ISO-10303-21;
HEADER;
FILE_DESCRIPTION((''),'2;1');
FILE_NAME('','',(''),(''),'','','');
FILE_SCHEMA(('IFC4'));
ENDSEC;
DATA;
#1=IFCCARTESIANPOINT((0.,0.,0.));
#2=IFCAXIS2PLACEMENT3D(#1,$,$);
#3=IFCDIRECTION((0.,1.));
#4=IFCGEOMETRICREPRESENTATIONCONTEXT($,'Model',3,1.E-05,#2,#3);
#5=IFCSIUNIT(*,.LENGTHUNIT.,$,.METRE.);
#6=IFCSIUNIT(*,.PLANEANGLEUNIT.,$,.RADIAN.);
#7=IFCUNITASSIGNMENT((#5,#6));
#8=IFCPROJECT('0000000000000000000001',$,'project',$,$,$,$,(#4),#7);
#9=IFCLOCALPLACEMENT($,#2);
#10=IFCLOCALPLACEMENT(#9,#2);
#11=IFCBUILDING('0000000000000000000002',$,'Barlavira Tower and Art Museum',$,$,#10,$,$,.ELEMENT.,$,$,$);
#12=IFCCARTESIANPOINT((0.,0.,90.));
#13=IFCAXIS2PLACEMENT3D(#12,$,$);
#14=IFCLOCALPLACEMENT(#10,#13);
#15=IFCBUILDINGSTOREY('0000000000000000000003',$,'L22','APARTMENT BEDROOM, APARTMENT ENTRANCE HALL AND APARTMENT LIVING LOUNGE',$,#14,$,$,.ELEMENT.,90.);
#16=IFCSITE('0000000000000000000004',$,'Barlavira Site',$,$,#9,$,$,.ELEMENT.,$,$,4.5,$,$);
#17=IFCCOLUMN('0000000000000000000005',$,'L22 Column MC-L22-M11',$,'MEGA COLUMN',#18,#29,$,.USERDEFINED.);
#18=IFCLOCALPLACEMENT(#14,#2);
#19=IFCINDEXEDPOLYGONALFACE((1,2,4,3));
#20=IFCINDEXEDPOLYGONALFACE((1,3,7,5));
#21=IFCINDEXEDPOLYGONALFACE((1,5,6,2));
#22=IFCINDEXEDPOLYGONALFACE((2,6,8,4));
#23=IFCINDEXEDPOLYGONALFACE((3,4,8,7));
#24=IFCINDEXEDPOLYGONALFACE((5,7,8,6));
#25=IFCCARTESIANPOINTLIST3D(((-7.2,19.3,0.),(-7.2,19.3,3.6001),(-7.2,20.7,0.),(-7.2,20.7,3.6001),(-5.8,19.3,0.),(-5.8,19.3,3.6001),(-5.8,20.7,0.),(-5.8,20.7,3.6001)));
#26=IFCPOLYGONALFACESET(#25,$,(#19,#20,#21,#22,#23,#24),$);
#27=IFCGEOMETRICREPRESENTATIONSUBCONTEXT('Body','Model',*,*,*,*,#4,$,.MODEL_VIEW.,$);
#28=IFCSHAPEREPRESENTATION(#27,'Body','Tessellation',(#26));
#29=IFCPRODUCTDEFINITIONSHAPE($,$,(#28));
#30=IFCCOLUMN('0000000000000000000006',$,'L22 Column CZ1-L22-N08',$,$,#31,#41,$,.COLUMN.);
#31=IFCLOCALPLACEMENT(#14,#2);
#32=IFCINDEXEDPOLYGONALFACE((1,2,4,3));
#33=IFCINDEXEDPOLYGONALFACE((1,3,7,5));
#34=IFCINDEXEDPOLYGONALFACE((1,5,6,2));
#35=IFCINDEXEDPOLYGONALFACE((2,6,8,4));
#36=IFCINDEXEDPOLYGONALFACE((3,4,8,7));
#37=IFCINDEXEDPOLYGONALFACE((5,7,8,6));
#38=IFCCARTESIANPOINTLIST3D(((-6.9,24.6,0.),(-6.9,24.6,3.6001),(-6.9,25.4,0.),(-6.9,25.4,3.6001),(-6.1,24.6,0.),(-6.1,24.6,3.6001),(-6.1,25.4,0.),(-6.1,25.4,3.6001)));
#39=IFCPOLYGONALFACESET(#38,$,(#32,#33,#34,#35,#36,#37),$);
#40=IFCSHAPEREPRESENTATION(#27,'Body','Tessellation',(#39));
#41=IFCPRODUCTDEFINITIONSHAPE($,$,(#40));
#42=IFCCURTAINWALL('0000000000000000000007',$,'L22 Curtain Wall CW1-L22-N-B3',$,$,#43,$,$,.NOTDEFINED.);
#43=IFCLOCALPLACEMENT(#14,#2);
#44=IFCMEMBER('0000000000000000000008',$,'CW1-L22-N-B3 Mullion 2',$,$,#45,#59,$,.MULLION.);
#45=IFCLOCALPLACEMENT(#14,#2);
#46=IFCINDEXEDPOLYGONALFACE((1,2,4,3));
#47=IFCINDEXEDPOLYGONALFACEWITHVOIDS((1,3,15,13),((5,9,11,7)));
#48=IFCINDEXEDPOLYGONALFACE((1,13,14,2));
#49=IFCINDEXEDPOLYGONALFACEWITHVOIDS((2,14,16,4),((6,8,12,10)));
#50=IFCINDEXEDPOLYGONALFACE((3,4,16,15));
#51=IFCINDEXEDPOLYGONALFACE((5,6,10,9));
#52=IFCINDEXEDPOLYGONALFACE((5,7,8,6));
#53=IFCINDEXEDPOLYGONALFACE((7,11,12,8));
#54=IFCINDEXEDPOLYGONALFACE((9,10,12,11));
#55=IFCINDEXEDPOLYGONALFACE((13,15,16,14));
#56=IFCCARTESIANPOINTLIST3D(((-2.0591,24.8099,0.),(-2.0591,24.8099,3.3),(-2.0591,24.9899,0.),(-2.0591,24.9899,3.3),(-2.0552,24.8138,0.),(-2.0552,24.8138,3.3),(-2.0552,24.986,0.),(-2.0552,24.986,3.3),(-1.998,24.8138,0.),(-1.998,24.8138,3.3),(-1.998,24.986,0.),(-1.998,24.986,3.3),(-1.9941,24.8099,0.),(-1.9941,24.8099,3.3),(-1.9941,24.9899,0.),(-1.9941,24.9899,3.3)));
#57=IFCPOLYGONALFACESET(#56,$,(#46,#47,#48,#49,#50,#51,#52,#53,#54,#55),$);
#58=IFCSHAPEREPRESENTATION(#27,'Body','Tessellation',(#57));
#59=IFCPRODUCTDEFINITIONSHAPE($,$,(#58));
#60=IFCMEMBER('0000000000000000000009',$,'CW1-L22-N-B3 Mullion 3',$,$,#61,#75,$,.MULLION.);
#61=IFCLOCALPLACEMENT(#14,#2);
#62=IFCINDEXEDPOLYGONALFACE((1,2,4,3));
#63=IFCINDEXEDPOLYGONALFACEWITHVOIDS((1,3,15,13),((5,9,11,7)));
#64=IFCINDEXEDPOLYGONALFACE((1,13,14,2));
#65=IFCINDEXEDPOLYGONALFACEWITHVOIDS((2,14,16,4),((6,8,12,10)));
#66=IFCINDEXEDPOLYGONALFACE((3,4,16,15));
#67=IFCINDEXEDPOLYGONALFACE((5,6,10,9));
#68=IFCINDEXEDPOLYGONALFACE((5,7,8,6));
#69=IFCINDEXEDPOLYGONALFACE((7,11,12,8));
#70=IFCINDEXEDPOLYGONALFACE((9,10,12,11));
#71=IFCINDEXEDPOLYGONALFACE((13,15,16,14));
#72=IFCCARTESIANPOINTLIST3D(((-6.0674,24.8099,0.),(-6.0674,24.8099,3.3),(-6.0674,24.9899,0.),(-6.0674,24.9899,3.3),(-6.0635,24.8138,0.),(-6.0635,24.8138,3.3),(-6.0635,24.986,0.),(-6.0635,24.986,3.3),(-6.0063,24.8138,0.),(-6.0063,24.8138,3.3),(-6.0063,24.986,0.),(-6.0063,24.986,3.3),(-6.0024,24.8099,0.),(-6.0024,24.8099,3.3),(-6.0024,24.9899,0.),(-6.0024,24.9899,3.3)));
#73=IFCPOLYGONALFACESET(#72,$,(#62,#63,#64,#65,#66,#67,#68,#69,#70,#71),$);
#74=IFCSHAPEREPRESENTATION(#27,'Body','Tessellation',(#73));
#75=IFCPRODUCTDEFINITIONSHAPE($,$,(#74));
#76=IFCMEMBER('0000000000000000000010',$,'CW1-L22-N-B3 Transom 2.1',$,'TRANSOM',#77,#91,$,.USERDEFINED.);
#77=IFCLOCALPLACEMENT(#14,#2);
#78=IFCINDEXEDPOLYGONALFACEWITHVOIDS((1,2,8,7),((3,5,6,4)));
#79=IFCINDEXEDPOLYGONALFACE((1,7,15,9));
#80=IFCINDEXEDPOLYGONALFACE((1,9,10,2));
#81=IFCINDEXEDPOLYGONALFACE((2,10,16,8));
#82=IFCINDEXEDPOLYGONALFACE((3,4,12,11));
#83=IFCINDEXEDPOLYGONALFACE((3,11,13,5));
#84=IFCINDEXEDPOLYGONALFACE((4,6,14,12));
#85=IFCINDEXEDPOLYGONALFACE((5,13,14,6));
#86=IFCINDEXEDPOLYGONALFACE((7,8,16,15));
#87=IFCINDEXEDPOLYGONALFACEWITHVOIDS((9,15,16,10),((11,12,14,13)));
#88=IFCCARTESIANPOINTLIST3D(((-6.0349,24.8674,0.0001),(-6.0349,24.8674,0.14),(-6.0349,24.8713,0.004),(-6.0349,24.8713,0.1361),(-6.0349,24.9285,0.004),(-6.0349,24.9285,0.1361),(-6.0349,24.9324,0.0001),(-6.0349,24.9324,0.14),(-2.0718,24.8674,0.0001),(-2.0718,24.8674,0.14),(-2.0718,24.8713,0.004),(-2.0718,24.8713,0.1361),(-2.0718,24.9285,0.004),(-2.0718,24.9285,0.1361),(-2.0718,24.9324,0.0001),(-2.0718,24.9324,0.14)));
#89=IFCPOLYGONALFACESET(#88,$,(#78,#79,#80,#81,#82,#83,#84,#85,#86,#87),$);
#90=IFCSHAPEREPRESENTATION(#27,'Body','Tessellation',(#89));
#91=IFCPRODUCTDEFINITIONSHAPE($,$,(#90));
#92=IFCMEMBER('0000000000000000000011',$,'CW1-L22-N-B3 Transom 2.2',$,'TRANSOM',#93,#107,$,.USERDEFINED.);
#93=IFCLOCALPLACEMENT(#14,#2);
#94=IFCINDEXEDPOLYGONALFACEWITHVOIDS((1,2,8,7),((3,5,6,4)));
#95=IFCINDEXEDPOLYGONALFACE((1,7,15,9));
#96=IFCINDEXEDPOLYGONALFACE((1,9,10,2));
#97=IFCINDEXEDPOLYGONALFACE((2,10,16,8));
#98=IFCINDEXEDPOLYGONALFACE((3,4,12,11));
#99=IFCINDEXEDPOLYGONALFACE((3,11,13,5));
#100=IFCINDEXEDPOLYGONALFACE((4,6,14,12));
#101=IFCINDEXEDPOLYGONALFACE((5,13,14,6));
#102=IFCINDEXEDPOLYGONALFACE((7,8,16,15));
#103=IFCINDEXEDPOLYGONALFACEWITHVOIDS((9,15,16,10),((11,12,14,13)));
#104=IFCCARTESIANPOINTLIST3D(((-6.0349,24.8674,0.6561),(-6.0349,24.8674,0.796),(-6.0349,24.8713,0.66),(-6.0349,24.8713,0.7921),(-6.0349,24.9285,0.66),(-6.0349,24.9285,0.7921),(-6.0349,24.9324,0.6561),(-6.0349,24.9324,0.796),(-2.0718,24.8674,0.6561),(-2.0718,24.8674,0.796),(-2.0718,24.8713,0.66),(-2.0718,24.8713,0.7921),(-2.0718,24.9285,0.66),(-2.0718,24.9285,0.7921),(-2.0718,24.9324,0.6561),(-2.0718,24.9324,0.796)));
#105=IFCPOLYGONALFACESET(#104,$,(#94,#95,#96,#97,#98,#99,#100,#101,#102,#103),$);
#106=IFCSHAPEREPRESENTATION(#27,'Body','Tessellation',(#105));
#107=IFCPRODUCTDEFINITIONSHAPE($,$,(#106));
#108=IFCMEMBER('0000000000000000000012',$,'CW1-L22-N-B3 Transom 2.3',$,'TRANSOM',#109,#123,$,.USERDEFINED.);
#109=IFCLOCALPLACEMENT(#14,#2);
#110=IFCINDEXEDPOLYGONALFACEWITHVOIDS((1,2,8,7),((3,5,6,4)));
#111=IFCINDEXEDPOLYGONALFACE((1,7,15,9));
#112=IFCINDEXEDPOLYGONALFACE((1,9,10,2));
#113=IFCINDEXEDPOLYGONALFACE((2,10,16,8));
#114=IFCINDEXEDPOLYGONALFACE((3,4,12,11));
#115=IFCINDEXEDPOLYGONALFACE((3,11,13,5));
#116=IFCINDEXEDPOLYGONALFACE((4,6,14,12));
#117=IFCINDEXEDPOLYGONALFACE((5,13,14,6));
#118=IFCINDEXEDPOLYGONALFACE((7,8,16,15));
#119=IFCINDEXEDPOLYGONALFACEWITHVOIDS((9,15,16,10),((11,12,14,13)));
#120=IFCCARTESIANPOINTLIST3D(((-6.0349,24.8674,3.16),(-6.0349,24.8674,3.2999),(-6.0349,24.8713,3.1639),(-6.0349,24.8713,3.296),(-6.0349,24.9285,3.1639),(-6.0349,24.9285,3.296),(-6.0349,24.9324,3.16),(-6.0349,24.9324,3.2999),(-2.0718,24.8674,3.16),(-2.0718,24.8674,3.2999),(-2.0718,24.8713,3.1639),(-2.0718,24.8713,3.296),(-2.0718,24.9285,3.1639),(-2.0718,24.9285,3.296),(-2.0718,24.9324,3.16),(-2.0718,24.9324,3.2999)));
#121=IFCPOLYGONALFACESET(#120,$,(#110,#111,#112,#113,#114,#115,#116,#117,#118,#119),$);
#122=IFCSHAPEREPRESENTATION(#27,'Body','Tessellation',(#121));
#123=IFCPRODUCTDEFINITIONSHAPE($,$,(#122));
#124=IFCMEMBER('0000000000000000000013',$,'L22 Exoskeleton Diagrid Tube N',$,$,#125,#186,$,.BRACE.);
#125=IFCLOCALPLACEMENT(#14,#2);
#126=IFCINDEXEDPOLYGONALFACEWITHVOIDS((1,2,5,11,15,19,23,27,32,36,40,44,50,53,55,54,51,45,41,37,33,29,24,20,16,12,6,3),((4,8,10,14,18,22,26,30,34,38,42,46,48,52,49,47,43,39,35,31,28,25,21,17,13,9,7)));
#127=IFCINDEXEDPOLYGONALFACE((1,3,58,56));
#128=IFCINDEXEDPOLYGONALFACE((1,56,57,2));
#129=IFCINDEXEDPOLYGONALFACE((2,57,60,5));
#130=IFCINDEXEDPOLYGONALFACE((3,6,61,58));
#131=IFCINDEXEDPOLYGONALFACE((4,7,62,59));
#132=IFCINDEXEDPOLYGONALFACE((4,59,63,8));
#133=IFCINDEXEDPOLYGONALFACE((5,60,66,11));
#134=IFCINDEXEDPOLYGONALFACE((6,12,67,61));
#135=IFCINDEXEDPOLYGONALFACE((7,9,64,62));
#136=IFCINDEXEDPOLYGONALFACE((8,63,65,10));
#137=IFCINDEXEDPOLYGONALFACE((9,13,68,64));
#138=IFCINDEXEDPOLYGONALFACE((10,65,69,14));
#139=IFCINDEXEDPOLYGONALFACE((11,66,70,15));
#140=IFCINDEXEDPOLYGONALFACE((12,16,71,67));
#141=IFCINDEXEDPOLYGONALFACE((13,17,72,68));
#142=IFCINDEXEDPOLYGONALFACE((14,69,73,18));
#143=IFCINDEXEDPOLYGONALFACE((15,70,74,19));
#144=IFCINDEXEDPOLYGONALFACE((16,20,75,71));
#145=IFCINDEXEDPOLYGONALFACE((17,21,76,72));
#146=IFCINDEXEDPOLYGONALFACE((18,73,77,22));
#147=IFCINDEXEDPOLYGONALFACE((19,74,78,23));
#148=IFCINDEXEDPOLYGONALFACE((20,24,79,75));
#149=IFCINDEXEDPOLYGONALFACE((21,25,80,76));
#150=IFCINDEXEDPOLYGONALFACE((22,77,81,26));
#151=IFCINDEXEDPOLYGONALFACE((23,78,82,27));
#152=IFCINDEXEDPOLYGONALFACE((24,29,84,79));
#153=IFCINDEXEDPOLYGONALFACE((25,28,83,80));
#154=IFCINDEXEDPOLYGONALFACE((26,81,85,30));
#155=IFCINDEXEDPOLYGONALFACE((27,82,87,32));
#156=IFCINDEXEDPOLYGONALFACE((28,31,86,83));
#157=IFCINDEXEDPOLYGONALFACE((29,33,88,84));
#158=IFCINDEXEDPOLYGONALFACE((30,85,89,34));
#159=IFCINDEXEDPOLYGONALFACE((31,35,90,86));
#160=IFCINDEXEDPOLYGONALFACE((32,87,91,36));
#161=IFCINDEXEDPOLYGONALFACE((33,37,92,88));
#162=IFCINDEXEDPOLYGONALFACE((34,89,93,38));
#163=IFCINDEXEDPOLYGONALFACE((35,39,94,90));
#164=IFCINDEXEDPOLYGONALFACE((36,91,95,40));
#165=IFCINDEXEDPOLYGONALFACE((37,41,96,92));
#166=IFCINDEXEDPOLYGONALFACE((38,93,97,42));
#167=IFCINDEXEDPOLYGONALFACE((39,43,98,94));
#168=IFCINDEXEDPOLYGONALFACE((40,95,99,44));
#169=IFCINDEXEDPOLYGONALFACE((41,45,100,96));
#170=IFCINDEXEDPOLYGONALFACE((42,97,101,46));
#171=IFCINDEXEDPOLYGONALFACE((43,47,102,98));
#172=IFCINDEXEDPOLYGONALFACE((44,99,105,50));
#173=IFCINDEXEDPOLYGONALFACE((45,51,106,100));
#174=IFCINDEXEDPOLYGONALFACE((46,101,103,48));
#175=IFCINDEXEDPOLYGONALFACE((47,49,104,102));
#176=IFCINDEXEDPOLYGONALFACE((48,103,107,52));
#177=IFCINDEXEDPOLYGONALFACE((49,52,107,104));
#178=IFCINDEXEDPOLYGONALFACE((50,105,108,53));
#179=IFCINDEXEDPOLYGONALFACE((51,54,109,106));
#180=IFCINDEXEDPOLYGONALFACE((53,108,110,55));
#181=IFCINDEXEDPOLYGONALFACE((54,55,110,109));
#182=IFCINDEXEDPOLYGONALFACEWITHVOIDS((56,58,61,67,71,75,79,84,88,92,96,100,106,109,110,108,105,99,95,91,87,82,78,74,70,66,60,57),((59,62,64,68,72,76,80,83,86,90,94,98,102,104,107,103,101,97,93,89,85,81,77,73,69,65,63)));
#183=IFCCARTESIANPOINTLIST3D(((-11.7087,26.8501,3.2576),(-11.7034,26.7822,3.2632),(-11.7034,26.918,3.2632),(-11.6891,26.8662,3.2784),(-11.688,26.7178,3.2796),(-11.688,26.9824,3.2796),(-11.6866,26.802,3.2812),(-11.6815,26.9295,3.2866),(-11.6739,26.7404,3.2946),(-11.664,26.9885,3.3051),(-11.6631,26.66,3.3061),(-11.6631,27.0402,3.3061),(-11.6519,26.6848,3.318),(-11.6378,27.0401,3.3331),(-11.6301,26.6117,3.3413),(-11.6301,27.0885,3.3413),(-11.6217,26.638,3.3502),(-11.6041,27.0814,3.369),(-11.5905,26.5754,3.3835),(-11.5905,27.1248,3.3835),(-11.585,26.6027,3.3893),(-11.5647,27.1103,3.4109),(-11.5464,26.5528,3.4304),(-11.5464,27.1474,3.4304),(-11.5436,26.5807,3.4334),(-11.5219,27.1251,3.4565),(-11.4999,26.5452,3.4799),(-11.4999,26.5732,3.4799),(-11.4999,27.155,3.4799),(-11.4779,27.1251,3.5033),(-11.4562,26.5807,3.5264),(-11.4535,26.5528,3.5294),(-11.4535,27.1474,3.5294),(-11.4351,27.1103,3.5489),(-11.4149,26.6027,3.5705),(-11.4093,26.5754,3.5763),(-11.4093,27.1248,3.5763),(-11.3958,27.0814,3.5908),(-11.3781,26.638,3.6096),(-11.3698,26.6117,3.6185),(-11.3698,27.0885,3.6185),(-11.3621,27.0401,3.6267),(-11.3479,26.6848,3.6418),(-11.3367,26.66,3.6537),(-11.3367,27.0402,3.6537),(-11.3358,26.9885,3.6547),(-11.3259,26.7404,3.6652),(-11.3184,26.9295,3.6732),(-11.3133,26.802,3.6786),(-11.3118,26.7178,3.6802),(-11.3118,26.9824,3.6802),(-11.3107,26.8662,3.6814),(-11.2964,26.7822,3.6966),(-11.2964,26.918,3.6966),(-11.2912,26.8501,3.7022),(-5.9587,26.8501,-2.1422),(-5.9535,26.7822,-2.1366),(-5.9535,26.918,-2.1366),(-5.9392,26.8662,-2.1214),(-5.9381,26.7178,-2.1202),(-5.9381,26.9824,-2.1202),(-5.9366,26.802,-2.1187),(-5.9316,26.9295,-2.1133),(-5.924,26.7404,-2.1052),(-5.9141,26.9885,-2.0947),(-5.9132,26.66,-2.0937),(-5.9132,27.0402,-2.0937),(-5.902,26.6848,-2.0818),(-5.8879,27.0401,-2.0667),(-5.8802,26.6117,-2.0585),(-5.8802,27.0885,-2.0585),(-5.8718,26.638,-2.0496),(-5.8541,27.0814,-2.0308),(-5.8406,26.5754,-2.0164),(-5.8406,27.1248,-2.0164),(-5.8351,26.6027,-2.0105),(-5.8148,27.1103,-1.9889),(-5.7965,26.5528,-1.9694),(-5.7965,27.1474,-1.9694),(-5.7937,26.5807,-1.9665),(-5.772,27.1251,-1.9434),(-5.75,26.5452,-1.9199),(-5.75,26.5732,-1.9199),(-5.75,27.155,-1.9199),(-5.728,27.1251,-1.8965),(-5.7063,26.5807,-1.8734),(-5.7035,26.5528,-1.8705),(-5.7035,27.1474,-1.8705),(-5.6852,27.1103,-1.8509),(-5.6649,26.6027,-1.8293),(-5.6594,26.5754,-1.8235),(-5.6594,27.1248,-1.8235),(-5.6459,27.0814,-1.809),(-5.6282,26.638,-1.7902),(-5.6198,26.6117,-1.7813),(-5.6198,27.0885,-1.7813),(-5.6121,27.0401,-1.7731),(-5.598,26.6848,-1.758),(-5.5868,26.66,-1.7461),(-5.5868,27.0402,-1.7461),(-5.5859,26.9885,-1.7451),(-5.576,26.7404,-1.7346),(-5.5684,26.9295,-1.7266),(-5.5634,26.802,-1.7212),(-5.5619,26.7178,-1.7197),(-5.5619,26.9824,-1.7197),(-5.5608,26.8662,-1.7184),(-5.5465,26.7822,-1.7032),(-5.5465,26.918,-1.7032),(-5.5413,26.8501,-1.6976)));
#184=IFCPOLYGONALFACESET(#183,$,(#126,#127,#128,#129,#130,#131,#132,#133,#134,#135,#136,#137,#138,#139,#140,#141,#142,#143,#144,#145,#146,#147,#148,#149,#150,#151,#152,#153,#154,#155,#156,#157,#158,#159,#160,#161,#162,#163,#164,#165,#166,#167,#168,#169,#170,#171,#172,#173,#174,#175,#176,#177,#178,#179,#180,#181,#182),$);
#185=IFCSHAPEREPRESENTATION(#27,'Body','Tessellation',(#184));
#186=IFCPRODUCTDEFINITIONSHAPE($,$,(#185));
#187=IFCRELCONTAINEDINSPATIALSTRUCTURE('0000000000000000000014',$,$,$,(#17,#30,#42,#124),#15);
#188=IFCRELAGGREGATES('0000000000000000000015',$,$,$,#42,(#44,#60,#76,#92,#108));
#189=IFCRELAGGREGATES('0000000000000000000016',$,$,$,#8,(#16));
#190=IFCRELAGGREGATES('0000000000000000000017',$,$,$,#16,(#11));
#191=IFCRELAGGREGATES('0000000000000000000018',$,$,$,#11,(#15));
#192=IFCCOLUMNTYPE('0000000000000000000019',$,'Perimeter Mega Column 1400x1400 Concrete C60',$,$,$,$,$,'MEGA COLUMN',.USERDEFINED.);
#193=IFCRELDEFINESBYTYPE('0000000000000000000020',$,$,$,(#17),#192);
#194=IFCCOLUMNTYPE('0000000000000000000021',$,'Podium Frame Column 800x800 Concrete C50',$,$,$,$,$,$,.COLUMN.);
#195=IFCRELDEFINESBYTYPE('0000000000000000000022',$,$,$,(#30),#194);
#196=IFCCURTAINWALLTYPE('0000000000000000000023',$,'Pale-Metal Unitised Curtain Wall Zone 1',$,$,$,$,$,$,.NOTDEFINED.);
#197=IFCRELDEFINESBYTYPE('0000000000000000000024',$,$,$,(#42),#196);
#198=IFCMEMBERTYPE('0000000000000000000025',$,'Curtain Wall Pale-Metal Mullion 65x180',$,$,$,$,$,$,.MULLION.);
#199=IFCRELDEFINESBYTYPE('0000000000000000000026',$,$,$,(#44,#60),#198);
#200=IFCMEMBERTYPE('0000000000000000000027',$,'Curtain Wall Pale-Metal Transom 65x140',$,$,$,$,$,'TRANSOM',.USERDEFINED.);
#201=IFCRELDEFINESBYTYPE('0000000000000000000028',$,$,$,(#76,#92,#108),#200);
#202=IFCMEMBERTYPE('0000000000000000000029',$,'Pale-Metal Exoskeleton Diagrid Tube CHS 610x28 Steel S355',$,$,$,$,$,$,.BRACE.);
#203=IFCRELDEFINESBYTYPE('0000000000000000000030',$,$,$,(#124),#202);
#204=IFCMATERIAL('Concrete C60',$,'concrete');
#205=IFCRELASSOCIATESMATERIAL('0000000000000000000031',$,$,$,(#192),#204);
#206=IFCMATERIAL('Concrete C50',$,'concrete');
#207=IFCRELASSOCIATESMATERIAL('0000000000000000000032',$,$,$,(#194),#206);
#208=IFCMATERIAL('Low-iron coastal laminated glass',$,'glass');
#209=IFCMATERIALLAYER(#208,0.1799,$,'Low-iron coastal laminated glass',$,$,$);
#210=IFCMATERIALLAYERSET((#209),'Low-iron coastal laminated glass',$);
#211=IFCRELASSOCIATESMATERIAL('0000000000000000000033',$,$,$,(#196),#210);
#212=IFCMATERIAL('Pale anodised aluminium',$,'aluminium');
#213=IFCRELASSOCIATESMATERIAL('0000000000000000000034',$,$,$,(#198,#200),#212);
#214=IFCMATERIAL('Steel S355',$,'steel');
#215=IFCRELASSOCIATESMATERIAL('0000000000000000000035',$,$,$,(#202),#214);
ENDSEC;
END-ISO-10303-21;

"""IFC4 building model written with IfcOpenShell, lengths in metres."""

from ifc_helpers import new_model, si_unit, direction, frame, origin, origin_2d, place, context, subcontext, project, spatial, rectangle, hollow_rectangle, hollow_circle, extrude, material, layer, layer_set, material_profile, profile_set, type_object, element, aggregate, save


model = new_model("IFC4")

# Units and contexts
model_context = context("Model", 3, precision=1e-05, world=origin(), true_north=direction((0.0, 1.0)))
body_context = subcontext(model_context, "Body", "Model", "MODEL_VIEW")
ifc_project = project(units=[si_unit("LENGTHUNIT", "METRE"), si_unit("PLANEANGLEUNIT", "RADIAN")], contexts=[model_context])

# Site, building, storey
site_placement = place(None, origin())
site = spatial("IfcSite", under=ifc_project, at=site_placement, Name="Barlavira Site", CompositionType="ELEMENT", RefElevation=4.5)
building_placement = place(site_placement, origin())
building = spatial("IfcBuilding", under=site, at=building_placement, Name="Barlavira Tower and Art Museum", CompositionType="ELEMENT")
storey_placement = place(building_placement, frame((0.0, 0.0, 90.0)))
storey = spatial("IfcBuildingStorey", under=building, at=storey_placement, Name="L22", Description="APARTMENT BEDROOM, APARTMENT ENTRANCE HALL AND APARTMENT LIVING LOUNGE", CompositionType="ELEMENT", Elevation=90.0)

# Columns
ifc_material_1 = material(Name="Concrete C60", Category="concrete")
ifc_material_profile_1 = material_profile(ifc_material_1, rectangle(XDim=1.3999, YDim=1.3999, at=origin_2d()), Name="RC-MCOL 1400x1400")
ifc_profile_set_1 = profile_set([ifc_material_profile_1], Name="Concrete C60")
column_type_1 = type_object("IfcColumnType", Name="Perimeter Mega Column 1400x1400 Concrete C60", ElementType="MEGA COLUMN", PredefinedType="USERDEFINED", material=ifc_profile_set_1)
column_1_placement = place(storey_placement, frame((-6.5, 20.0, 0.0), z_axis=(0.0, 0.0, 1.0), x_axis=(1.0, 0.0, 0.0)))
element("IfcColumn", 1, at=column_1_placement, inside=storey, type_object=column_type_1, Name="L22 Column MC-L22-M11", ObjectType="MEGA COLUMN", PredefinedType="USERDEFINED", context=body_context, shape_type="SweptSolid", body=[
    extrude(rectangle(XDim=1.3999, YDim=1.3999, at=origin_2d()), origin(), (0.0, 0.0, 1.0), 3.6001),
])
ifc_material_2 = material(Name="Concrete C50", Category="concrete")
ifc_material_profile_2 = material_profile(ifc_material_2, rectangle(XDim=0.8, YDim=0.8, at=origin_2d()), Name="RC-COL 800x800")
ifc_profile_set_2 = profile_set([ifc_material_profile_2], Name="Concrete C50")
column_type_2 = type_object("IfcColumnType", Name="Podium Frame Column 800x800 Concrete C50", PredefinedType="COLUMN", material=ifc_profile_set_2)
column_2_placement = place(storey_placement, frame((-6.5, 25.0, 0.0), z_axis=(0.0, 0.0, 1.0), x_axis=(1.0, 0.0, 0.0)))
element("IfcColumn", 2, at=column_2_placement, inside=storey, type_object=column_type_2, Name="L22 Column CZ1-L22-N08", PredefinedType="COLUMN", context=body_context, shape_type="SweptSolid", body=[
    extrude(rectangle(XDim=0.8, YDim=0.8, at=origin_2d()), origin(), (0.0, 0.0, 1.0), 3.6001),
])

# Curtain wall, members
ifc_material_3 = material(Name="Low-iron coastal laminated glass", Category="glass")
ifc_layer_1 = layer(ifc_material_3, 0.1799, Name="Low-iron coastal laminated glass")
ifc_layer_set_1 = layer_set([ifc_layer_1], Name="Low-iron coastal laminated glass")
curtain_wall_type = type_object("IfcCurtainWallType", Name="Pale-Metal Unitised Curtain Wall Zone 1", PredefinedType="NOTDEFINED", material=ifc_layer_set_1)
curtain_wall_placement = place(storey_placement, origin())
curtain_wall = element("IfcCurtainWall", 3, at=curtain_wall_placement, inside=storey, type_object=curtain_wall_type, Name="L22 Curtain Wall CW1-L22-N-B3", PredefinedType="NOTDEFINED")
ifc_material_4 = material(Name="Pale anodised aluminium", Category="aluminium")
ifc_material_profile_3 = material_profile(ifc_material_4, hollow_rectangle(XDim=0.0649, YDim=0.1799, WallThickness=0.0039, at=origin_2d()), Name="ALU-MULL 65x180x4")
ifc_profile_set_3 = profile_set([ifc_material_profile_3], Name="Pale anodised aluminium")
member_type_1 = type_object("IfcMemberType", Name="Curtain Wall Pale-Metal Mullion 65x180", PredefinedType="MULLION", material=ifc_profile_set_3)
member_1_placement = place(storey_placement, frame((-2.0266, 24.8999, 0.0), z_axis=(0.0, 0.0, 1.0), x_axis=(-1.0, 0.0, 0.0)))
member_1 = element("IfcMember", 4, at=member_1_placement, type_object=member_type_1, Name="CW1-L22-N-B3 Mullion 2", PredefinedType="MULLION", context=body_context, shape_type="SweptSolid", body=[
    extrude(hollow_rectangle(XDim=0.0649, YDim=0.1799, WallThickness=0.0039, at=origin_2d()), origin(), (0.0, 0.0, 1.0), 3.3),
])
member_2_placement = place(storey_placement, frame((-6.0349, 24.8999, 0.0), z_axis=(0.0, 0.0, 1.0), x_axis=(-1.0, 0.0, 0.0)))
member_2 = element("IfcMember", 5, at=member_2_placement, type_object=member_type_1, Name="CW1-L22-N-B3 Mullion 3", PredefinedType="MULLION", context=body_context, shape_type="SweptSolid", body=[
    extrude(hollow_rectangle(XDim=0.0649, YDim=0.1799, WallThickness=0.0039, at=origin_2d()), origin(), (0.0, 0.0, 1.0), 3.3),
])
ifc_material_profile_4 = material_profile(ifc_material_4, hollow_rectangle(XDim=0.0649, YDim=0.1399, WallThickness=0.0039, at=origin_2d()), Name="ALU-TRAN 65x140x4")
ifc_profile_set_4 = profile_set([ifc_material_profile_4], Name="Pale anodised aluminium")
member_type_2 = type_object("IfcMemberType", Name="Curtain Wall Pale-Metal Transom 65x140", ElementType="TRANSOM", PredefinedType="USERDEFINED", material=ifc_profile_set_4)
member_3_placement = place(storey_placement, frame((-2.0718, 24.8999, 0.0701), z_axis=(-1.0, 0.0, 0.0), x_axis=(0.0, -1.0, 0.0)))
member_3 = element("IfcMember", 6, at=member_3_placement, type_object=member_type_2, Name="CW1-L22-N-B3 Transom 2.1", ObjectType="TRANSOM", PredefinedType="USERDEFINED", context=body_context, shape_type="SweptSolid", body=[
    extrude(hollow_rectangle(XDim=0.0649, YDim=0.1399, WallThickness=0.0039, at=origin_2d()), origin(), (0.0, 0.0, 1.0), 3.9631),
])
member_4_placement = place(storey_placement, frame((-2.0718, 24.8999, 0.7261), z_axis=(-1.0, 0.0, 0.0), x_axis=(0.0, -1.0, 0.0)))
member_4 = element("IfcMember", 7, at=member_4_placement, type_object=member_type_2, Name="CW1-L22-N-B3 Transom 2.2", ObjectType="TRANSOM", PredefinedType="USERDEFINED", context=body_context, shape_type="SweptSolid", body=[
    extrude(hollow_rectangle(XDim=0.0649, YDim=0.1399, WallThickness=0.0039, at=origin_2d()), origin(), (0.0, 0.0, 1.0), 3.9631),
])
member_5_placement = place(storey_placement, frame((-2.0718, 24.8999, 3.23), z_axis=(-1.0, 0.0, 0.0), x_axis=(0.0, -1.0, 0.0)))
member_5 = element("IfcMember", 8, at=member_5_placement, type_object=member_type_2, Name="CW1-L22-N-B3 Transom 2.3", ObjectType="TRANSOM", PredefinedType="USERDEFINED", context=body_context, shape_type="SweptSolid", body=[
    extrude(hollow_rectangle(XDim=0.0649, YDim=0.1399, WallThickness=0.0039, at=origin_2d()), origin(), (0.0, 0.0, 1.0), 3.9631),
])

# Member
ifc_material_5 = material(Name="Steel S355", Category="steel")
ifc_material_profile_5 = material_profile(ifc_material_5, hollow_circle(Radius=0.3049, WallThickness=0.0281, at=origin_2d()), Name="CHS 610.0x28.0")
ifc_profile_set_5 = profile_set([ifc_material_profile_5], Name="Steel S355")
member_type_3 = type_object("IfcMemberType", Name="Pale-Metal Exoskeleton Diagrid Tube CHS 610x28 Steel S355", PredefinedType="BRACE", material=ifc_profile_set_5)
for number, where, z_axis, x_axis, name in (
    (9, (-5.75, 26.8501, -1.9199), (-0.72895, 0.0, 0.684567), (0.0, -1.0, 0.0), "L22 Exoskeleton Diagrid Tube N"),
):
    element("IfcMember", number, at=place(storey_placement, frame(where, z_axis=z_axis, x_axis=x_axis)), inside=storey, type_object=member_type_3, Name=name, PredefinedType="BRACE", context=body_context, shape_type="SweptSolid", body=[
        extrude(hollow_circle(Radius=0.3049, WallThickness=0.0281, at=origin_2d()), origin(), (0.0, 0.0, 1.0), 7.8879),
    ])

aggregate(curtain_wall, [member_1, member_2, member_3, member_4, member_5])

save(model, "model.ifc")
